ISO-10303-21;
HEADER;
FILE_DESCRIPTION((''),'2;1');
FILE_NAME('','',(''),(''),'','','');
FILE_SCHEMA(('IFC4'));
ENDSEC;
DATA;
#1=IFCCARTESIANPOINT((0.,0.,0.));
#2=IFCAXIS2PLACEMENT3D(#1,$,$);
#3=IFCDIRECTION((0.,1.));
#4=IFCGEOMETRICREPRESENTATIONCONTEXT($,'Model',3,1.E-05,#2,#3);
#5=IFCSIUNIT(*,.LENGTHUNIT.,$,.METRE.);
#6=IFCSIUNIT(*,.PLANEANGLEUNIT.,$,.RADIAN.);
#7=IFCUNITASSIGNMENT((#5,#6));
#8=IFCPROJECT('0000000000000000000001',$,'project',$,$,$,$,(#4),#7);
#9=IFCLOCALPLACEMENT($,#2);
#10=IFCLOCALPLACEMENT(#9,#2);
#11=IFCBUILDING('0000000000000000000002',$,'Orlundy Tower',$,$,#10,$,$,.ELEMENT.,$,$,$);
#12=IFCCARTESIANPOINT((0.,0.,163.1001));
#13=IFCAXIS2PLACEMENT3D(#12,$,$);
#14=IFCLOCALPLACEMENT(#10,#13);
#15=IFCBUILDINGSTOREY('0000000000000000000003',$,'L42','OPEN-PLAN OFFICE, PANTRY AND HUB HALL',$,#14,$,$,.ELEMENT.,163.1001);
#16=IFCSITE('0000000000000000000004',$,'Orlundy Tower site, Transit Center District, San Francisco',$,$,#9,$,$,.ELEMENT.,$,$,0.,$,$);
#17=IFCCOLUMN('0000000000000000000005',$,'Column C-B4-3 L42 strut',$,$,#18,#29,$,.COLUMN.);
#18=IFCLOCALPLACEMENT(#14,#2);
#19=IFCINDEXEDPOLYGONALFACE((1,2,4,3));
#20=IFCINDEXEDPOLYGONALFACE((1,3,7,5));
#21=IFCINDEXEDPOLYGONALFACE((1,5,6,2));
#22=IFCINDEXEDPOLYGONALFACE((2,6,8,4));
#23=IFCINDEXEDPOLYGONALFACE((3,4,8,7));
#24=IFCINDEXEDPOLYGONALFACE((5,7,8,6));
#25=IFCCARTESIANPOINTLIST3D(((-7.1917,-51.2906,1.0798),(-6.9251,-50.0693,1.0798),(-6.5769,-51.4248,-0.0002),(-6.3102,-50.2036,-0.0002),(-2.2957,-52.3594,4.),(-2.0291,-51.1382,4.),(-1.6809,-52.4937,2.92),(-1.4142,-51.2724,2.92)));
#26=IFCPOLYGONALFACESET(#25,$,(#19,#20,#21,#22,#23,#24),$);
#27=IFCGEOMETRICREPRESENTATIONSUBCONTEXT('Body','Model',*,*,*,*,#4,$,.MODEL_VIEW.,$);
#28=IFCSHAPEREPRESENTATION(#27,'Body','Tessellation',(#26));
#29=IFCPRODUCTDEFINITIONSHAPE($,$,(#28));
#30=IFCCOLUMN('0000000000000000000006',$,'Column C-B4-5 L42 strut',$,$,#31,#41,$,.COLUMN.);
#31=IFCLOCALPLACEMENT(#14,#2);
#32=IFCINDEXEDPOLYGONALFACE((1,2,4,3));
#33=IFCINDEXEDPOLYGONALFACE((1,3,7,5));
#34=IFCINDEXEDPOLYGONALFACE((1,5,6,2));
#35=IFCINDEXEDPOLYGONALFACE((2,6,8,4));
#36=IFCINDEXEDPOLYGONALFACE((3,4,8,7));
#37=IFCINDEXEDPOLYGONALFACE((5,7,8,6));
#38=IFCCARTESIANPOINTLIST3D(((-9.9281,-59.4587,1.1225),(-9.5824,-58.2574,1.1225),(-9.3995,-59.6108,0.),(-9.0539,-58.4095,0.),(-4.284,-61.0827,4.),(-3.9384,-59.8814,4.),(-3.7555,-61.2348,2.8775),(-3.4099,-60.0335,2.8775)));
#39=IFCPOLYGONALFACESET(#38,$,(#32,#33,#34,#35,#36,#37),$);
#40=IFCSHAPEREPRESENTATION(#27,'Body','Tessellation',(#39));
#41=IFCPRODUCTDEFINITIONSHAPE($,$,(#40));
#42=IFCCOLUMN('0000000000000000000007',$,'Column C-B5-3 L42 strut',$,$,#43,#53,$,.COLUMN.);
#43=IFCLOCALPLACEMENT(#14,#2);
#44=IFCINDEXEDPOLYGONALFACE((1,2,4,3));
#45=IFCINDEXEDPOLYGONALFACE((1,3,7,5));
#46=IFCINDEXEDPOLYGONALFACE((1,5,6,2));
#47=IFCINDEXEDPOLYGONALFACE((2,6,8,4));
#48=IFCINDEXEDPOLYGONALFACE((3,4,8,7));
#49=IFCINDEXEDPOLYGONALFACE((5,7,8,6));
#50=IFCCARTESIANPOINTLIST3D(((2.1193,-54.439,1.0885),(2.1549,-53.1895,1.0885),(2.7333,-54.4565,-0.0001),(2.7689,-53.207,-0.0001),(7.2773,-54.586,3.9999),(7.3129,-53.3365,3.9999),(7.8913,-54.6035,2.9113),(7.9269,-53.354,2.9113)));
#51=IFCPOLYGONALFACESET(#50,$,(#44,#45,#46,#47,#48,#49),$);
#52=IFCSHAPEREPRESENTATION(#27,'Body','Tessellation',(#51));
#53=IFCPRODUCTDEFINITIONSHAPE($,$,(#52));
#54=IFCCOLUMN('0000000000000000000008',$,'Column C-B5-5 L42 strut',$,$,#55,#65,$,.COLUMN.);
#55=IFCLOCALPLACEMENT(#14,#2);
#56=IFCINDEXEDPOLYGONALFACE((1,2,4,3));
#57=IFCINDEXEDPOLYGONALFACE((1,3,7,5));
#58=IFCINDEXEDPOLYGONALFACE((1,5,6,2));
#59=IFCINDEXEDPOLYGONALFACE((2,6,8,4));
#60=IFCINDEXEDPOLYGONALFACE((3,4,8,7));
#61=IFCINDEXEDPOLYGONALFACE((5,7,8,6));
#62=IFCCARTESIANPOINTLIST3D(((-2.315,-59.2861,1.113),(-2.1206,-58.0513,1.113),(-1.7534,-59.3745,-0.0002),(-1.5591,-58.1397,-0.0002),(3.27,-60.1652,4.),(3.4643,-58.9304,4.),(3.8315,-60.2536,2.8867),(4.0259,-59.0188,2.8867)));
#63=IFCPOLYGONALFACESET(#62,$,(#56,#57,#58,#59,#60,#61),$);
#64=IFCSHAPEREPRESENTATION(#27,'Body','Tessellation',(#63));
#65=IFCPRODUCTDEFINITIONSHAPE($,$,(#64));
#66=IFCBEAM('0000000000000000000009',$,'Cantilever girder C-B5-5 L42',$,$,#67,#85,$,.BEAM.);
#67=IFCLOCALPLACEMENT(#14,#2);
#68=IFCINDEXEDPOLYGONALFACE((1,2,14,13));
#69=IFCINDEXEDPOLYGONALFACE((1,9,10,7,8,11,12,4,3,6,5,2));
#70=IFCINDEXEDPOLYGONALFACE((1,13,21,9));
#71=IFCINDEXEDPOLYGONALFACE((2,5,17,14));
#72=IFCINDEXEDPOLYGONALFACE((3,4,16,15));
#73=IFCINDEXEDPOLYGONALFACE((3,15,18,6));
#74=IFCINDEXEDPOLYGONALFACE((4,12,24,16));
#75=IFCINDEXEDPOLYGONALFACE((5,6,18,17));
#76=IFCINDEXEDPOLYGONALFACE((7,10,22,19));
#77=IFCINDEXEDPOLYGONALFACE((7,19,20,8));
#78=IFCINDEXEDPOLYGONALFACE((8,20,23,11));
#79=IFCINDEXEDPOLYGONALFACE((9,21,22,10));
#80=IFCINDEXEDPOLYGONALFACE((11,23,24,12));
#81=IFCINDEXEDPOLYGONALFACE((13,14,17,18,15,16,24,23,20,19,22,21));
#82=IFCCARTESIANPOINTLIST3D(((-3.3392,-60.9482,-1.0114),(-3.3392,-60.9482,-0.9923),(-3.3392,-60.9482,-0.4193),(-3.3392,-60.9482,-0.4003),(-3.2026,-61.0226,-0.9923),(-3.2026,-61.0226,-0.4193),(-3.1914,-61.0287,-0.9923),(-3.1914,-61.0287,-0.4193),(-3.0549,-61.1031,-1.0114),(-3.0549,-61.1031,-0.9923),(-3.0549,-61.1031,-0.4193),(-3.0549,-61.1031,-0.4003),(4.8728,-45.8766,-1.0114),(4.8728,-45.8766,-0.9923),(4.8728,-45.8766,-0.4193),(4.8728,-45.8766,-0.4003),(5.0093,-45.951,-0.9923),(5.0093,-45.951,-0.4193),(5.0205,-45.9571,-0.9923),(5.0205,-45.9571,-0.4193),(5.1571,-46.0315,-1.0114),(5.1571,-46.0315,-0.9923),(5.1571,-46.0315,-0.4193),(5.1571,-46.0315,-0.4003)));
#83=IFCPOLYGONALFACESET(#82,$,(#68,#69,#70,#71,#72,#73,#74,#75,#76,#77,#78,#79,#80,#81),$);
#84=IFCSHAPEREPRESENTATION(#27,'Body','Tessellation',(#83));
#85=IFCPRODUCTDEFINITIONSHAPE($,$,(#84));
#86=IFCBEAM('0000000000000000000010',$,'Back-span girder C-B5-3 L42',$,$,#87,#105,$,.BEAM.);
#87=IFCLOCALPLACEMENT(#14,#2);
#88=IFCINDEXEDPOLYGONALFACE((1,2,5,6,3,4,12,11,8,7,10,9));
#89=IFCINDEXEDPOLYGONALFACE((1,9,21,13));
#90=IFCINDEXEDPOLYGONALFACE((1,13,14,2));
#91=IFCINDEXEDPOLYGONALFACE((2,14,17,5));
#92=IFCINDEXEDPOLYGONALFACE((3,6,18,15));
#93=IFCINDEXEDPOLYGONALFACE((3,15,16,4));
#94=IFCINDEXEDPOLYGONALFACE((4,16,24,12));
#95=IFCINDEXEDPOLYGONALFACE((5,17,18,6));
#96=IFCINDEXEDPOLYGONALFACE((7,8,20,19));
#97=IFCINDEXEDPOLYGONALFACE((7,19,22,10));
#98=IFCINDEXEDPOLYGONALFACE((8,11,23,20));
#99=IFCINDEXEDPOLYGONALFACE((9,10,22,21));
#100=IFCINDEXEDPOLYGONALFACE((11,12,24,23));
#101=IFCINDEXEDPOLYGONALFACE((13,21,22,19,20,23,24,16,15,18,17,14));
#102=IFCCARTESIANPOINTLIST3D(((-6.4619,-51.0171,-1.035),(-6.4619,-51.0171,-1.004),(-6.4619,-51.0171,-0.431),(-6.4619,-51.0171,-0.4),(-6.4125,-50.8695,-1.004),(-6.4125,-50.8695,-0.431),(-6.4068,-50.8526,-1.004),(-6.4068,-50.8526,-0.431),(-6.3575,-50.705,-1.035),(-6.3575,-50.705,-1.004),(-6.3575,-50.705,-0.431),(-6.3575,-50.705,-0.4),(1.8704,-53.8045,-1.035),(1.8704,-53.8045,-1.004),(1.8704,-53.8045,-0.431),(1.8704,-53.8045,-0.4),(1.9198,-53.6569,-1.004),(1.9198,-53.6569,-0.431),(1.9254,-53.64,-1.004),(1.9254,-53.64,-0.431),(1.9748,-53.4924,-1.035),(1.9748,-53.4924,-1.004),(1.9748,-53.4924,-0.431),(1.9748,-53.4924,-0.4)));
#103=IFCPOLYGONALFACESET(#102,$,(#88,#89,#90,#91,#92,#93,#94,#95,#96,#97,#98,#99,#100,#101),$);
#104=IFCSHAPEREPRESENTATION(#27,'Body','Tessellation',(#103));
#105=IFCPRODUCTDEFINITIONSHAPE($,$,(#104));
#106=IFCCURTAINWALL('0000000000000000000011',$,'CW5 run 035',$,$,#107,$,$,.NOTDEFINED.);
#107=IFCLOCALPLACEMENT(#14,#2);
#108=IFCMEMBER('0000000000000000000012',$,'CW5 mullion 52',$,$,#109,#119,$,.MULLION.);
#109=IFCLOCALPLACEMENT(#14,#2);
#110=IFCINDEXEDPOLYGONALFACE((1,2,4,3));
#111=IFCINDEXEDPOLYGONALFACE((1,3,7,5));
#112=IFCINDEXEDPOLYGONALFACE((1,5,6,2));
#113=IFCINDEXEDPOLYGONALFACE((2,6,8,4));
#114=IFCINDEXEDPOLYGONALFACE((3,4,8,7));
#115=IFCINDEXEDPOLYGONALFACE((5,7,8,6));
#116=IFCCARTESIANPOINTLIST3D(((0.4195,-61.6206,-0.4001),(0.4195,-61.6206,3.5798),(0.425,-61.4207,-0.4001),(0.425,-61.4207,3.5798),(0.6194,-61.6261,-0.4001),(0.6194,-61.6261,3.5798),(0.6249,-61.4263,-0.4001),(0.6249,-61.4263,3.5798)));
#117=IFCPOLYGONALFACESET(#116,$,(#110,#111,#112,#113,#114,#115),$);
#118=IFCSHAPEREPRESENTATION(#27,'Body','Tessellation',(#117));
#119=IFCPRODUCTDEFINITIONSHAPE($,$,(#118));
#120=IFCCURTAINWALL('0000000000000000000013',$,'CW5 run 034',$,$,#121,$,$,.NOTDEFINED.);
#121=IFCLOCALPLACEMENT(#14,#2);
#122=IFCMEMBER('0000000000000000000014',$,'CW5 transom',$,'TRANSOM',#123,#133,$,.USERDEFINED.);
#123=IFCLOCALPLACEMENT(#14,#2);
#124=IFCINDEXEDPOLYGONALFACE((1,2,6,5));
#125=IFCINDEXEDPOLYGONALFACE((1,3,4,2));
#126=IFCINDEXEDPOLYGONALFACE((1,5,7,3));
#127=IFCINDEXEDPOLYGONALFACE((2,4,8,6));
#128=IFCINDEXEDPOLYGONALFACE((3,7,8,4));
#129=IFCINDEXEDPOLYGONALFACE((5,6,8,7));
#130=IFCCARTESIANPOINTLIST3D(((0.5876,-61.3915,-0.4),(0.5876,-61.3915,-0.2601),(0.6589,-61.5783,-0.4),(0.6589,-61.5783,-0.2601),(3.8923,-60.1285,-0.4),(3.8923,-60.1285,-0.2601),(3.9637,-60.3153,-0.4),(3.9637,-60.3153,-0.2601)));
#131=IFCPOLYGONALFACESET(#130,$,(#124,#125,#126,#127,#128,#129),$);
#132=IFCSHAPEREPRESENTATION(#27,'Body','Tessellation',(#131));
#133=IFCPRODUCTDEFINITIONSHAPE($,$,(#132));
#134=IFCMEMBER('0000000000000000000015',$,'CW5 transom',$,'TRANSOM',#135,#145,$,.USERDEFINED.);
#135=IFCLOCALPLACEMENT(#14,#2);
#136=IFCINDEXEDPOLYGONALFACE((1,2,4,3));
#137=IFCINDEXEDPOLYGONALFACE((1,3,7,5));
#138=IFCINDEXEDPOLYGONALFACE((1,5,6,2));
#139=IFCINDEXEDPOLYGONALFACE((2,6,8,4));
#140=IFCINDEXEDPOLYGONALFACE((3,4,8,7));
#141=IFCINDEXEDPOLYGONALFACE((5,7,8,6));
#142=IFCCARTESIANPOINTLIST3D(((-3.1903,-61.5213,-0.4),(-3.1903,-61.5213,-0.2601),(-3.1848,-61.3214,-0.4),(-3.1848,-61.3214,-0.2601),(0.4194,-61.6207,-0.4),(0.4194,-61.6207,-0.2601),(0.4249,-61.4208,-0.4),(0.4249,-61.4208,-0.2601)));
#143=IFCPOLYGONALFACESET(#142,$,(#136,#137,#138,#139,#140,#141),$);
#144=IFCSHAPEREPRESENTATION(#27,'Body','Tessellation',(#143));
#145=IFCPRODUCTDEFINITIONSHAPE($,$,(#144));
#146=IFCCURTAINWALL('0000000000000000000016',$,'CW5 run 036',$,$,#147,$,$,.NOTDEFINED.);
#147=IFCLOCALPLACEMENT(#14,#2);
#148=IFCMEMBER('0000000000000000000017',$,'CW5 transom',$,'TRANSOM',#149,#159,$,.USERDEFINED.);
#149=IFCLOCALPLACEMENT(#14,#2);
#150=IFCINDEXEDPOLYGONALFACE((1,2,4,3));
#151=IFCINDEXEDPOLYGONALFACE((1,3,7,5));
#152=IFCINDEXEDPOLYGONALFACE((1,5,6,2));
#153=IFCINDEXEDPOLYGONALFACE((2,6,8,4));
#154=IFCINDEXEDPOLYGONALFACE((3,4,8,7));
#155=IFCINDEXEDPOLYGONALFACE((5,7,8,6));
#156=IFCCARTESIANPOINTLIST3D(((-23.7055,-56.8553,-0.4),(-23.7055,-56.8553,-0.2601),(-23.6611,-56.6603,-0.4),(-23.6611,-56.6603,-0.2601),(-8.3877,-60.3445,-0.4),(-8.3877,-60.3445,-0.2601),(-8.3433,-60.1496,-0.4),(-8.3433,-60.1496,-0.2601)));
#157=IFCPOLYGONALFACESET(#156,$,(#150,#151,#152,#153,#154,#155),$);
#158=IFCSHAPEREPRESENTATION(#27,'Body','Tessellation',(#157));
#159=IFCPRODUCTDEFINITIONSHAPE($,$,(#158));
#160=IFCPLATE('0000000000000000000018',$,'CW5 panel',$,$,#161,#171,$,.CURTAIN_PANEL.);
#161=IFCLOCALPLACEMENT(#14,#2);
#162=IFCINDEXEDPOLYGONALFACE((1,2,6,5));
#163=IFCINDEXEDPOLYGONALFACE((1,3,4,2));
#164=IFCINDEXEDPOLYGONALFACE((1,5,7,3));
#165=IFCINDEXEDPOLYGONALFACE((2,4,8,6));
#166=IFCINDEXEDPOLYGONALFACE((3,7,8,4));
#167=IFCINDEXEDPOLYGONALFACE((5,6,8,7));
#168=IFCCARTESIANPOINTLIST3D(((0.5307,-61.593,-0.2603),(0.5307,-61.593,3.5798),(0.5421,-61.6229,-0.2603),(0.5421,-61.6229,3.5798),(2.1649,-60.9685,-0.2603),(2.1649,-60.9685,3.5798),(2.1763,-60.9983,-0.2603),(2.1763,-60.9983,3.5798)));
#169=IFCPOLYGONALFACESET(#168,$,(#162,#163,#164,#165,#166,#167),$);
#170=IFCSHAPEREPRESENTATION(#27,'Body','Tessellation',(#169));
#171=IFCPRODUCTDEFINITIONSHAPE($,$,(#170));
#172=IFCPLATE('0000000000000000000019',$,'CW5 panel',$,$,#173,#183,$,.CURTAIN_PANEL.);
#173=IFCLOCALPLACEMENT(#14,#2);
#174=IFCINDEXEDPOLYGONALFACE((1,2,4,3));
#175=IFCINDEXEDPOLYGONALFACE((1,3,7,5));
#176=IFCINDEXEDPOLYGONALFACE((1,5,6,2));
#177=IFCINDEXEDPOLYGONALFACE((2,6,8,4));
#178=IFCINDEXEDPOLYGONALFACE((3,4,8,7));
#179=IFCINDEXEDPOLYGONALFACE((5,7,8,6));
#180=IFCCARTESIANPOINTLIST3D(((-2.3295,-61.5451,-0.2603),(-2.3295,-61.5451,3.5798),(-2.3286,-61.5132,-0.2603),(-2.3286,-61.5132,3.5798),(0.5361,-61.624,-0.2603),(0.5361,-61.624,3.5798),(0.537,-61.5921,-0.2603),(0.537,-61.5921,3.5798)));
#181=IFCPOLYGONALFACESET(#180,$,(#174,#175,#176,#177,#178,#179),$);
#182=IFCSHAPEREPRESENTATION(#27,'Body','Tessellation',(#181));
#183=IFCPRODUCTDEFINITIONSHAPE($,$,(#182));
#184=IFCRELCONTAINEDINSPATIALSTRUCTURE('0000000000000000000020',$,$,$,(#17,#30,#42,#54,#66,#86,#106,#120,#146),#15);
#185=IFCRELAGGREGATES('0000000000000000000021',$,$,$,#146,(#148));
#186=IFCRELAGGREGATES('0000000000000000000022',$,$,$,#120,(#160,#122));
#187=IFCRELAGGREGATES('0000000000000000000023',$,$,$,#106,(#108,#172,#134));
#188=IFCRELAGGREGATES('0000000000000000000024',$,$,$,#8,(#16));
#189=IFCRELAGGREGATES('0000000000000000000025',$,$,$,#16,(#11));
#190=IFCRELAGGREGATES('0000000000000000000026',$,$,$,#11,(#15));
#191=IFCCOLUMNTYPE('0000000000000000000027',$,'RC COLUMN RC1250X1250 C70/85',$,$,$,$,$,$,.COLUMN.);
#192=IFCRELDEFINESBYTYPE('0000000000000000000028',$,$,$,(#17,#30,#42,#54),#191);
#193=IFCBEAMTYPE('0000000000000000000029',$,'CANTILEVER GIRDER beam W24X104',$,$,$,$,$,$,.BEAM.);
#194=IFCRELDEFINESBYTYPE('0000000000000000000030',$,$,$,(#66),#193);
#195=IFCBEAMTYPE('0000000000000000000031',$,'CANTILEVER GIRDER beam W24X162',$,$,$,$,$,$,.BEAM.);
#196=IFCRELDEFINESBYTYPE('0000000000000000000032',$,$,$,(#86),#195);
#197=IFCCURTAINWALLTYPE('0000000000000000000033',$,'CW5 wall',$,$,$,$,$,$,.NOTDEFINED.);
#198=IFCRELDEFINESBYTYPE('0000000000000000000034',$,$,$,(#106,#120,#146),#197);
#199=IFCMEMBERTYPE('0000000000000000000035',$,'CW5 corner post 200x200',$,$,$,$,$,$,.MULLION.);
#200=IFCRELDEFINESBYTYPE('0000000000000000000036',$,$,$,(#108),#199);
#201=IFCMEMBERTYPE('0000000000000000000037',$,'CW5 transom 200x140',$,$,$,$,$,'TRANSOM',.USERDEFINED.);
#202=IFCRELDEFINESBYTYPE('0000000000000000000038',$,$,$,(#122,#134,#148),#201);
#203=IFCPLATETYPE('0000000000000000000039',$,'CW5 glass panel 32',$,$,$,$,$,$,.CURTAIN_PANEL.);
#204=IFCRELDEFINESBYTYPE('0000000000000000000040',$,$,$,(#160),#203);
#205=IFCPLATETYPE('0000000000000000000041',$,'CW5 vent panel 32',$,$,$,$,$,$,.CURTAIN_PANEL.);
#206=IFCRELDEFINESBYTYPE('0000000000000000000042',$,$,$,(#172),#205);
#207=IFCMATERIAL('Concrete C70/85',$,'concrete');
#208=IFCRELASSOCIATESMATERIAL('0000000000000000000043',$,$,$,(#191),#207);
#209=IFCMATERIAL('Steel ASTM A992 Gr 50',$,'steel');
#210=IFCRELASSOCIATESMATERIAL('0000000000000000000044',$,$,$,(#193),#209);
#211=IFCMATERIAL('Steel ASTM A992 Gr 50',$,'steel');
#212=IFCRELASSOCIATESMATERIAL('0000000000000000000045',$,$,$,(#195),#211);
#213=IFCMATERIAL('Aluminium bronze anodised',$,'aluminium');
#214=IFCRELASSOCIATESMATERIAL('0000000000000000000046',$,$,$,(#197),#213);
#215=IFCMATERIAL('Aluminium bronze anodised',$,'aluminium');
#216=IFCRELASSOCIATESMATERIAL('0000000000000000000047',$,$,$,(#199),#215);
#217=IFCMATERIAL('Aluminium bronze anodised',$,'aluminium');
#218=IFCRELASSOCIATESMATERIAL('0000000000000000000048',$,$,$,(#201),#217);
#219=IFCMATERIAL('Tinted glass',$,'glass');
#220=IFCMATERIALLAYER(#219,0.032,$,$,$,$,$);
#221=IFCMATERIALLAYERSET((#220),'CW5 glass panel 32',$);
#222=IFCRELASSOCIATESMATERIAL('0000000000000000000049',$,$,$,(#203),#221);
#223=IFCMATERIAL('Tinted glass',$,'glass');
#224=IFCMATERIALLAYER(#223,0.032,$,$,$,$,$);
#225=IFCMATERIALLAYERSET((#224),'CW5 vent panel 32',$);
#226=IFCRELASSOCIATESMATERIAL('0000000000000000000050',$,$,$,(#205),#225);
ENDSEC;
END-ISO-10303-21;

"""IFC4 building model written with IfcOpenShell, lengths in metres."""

from ifc_helpers import new_model, si_unit, direction, frame, origin, origin_2d, place, context, subcontext, project, spatial, rectangle, i_section, extrude, material, layer, layer_set, material_profile, profile_set, type_object, element, aggregate, save


model = new_model("IFC4")

# Units and contexts
model_context = context("Model", 3, precision=1e-05, world=origin(), true_north=direction((0.0, 1.0)))
body_context = subcontext(model_context, "Body", "Model", "MODEL_VIEW")
ifc_project = project(units=[si_unit("LENGTHUNIT", "METRE"), si_unit("PLANEANGLEUNIT", "RADIAN")], contexts=[model_context])

# Site, building, storey
site_placement = place(None, origin())
site = spatial("IfcSite", under=ifc_project, at=site_placement, Name="Orlundy Tower site, Transit Center District, San Francisco", CompositionType="ELEMENT", RefElevation=0.0)
building_placement = place(site_placement, origin())
building = spatial("IfcBuilding", under=site, at=building_placement, Name="Orlundy Tower", CompositionType="ELEMENT")
storey_placement = place(building_placement, frame((0.0, 0.0, 163.1001)))
storey = spatial("IfcBuildingStorey", under=building, at=storey_placement, Name="L42", Description="OPEN-PLAN OFFICE, PANTRY AND HUB HALL", CompositionType="ELEMENT", Elevation=163.1001)

# Columns
ifc_material_1 = material(Name="Concrete C70/85", Category="concrete")
ifc_material_profile_1 = material_profile(ifc_material_1, rectangle(XDim=1.25, YDim=1.25, at=origin_2d()), Name="RC1250X1250")
ifc_profile_set_1 = profile_set([ifc_material_profile_1], Name="Concrete C70/85")
column_type = type_object("IfcColumnType", Name="RC COLUMN RC1250X1250 C70/85", PredefinedType="COLUMN", material=ifc_profile_set_1)
column_1_placement = place(storey_placement, frame((-6.751, -50.7471, 0.5398), z_axis=(0.84413, -0.184282, 0.503473), x_axis=(0.213287, 0.97699, 0.0)))
element("IfcColumn", 1, at=column_1_placement, inside=storey, type_object=column_type, Name="Column C-B4-3 L42 strut", PredefinedType="COLUMN", context=body_context, shape_type="SweptSolid", body=[
    extrude(rectangle(XDim=1.25, YDim=1.25, at=origin_2d()), origin(), (0.0, 0.0, 1.0), 5.8),
])
column_2_placement = place(storey_placement, frame((-9.491, -58.9341, 0.5613), z_axis=(0.862996, -0.248319, 0.439972), x_axis=(0.276521, 0.961008, 0.0)))
element("IfcColumn", 2, at=column_2_placement, inside=storey, type_object=column_type, Name="Column C-B4-5 L42 strut", PredefinedType="COLUMN", context=body_context, shape_type="SweptSolid", body=[
    extrude(rectangle(XDim=1.25, YDim=1.25, at=origin_2d()), origin(), (0.0, 0.0, 1.0), 6.54),
])
column_3_placement = place(storey_placement, frame((2.4441, -53.823, 0.5442), z_axis=(0.870583, -0.024807, 0.491395), x_axis=(0.028483, 0.999594, 0.0)))
element("IfcColumn", 3, at=column_3_placement, inside=storey, type_object=column_type, Name="Column C-B5-3 L42 strut", PredefinedType="COLUMN", context=body_context, shape_type="SweptSolid", body=[
    extrude(rectangle(XDim=1.25, YDim=1.25, at=origin_2d()), origin(), (0.0, 0.0, 1.0), 5.9248),
])
column_4_placement = place(storey_placement, frame((-1.937, -58.7129, 0.5564), z_axis=(0.879775, -0.138489, 0.454771), x_axis=(0.155499, 0.987836, 0.0)))
element("IfcColumn", 4, at=column_4_placement, inside=storey, type_object=column_type, Name="Column C-B5-5 L42 strut", PredefinedType="COLUMN", context=body_context, shape_type="SweptSolid", body=[
    extrude(rectangle(XDim=1.25, YDim=1.25, at=origin_2d()), origin(), (0.0, 0.0, 1.0), 6.3481),
])

# Beams
ifc_material_2 = material(Name="Steel ASTM A992 Gr 50", Category="steel")
ifc_material_profile_2 = material_profile(ifc_material_2, i_section(OverallWidth=0.3237, OverallDepth=0.6111, WebThickness=0.0127, FlangeThickness=0.019, at=origin_2d()), Name="W24X104")
ifc_profile_set_2 = profile_set([ifc_material_profile_2], Name="Steel ASTM A992 Gr 50")
beam_type_1 = type_object("IfcBeamType", Name="CANTILEVER GIRDER beam W24X104", PredefinedType="BEAM", material=ifc_profile_set_2)
beam_1_placement = place(storey_placement, frame((-3.197, -61.0256, -0.7058), z_axis=(0.478451, 0.878114, 0.0), x_axis=(-0.878114, 0.478451, 0.0)))
element("IfcBeam", 5, at=beam_1_placement, inside=storey, type_object=beam_type_1, Name="Cantilever girder C-B5-5 L42", PredefinedType="BEAM", context=body_context, shape_type="SweptSolid", body=[
    extrude(i_section(OverallWidth=0.3237, OverallDepth=0.6111, WebThickness=0.0127, FlangeThickness=0.019, at=origin_2d()), origin(), (0.0, 0.0, 1.0), 17.1636),
])
ifc_material_3 = material(Name="Steel ASTM A992 Gr 50", Category="steel")
ifc_material_profile_3 = material_profile(ifc_material_3, i_section(OverallWidth=0.3291, OverallDepth=0.635, WebThickness=0.0178, FlangeThickness=0.031, at=origin_2d()), Name="W24X162")
ifc_profile_set_3 = profile_set([ifc_material_profile_3], Name="Steel ASTM A992 Gr 50")
beam_type_2 = type_object("IfcBeamType", Name="CANTILEVER GIRDER beam W24X162", PredefinedType="BEAM", material=ifc_profile_set_3)
beam_2_placement = place(storey_placement, frame((1.9226, -53.6484, -0.7175), z_axis=(-0.948344, 0.317245, 0.0), x_axis=(-0.317245, -0.948344, 0.0)))
element("IfcBeam", 6, at=beam_2_placement, inside=storey, type_object=beam_type_2, Name="Back-span girder C-B5-3 L42", PredefinedType="BEAM", context=body_context, shape_type="SweptSolid", body=[
    extrude(i_section(OverallWidth=0.3291, OverallDepth=0.635, WebThickness=0.0178, FlangeThickness=0.031, at=origin_2d()), origin(), (0.0, 0.0, 1.0), 8.7861),
])

# Curtain walls, members
ifc_material_4 = material(Name="Aluminium bronze anodised", Category="aluminium")
curtain_wall_type = type_object("IfcCurtainWallType", Name="CW5 wall", PredefinedType="NOTDEFINED", material=ifc_material_4)
curtain_wall_1_placement = place(storey_placement, origin())
curtain_wall_1 = element("IfcCurtainWall", 7, at=curtain_wall_1_placement, inside=storey, type_object=curtain_wall_type, Name="CW5 run 035", PredefinedType="NOTDEFINED")
ifc_material_5 = material(Name="Aluminium bronze anodised", Category="aluminium")
ifc_material_profile_4 = material_profile(ifc_material_5, rectangle(XDim=0.2, YDim=0.2, at=origin_2d()), Name="CW5 corner post 200x200")
ifc_profile_set_4 = profile_set([ifc_material_profile_4], Name="Aluminium bronze anodised")
member_type_1 = type_object("IfcMemberType", Name="CW5 corner post 200x200", PredefinedType="MULLION", material=ifc_profile_set_4)
member_1_placement = place(storey_placement, frame((0.5222, -61.5234, -0.4001), z_axis=(0.0, 0.0, 1.0), x_axis=(-0.02752, -0.999621, 0.0)))
member_1 = element("IfcMember", 8, at=member_1_placement, type_object=member_type_1, Name="CW5 mullion 52", PredefinedType="MULLION", context=body_context, shape_type="SweptSolid", body=[
    extrude(rectangle(XDim=0.2, YDim=0.2, at=origin_2d()), origin(), (0.0, 0.0, 1.0), 3.98),
])
curtain_wall_2_placement = place(storey_placement, origin())
curtain_wall_2 = element("IfcCurtainWall", 9, at=curtain_wall_2_placement, inside=storey, type_object=curtain_wall_type, Name="CW5 run 034", PredefinedType="NOTDEFINED")
ifc_material_6 = material(Name="Aluminium bronze anodised", Category="aluminium")
ifc_material_profile_5 = material_profile(ifc_material_6, rectangle(XDim=0.2, YDim=0.1399, at=origin_2d()), Name="CW5 transom 200x140")
ifc_profile_set_5 = profile_set([ifc_material_profile_5], Name="Aluminium bronze anodised")
member_type_2 = type_object("IfcMemberType", Name="CW5 transom 200x140", ElementType="TRANSOM", PredefinedType="USERDEFINED", material=ifc_profile_set_5)
member_2_placement = place(storey_placement, frame((3.928, -60.2219, -0.3301), z_axis=(-0.93411, -0.356985, 0.0), x_axis=(0.356985, -0.93411, 0.0)))
member_2 = element("IfcMember", 10, at=member_2_placement, type_object=member_type_2, Name="CW5 transom", ObjectType="TRANSOM", PredefinedType="USERDEFINED", context=body_context, shape_type="SweptSolid", body=[
    extrude(rectangle(XDim=0.2, YDim=0.1399, at=origin_2d()), origin(), (0.0, 0.0, 1.0), 3.5378),
])

# Member
member_3_placement = place(storey_placement, frame((0.4221, -61.5208, -0.3301), z_axis=(-0.999621, 0.027517, 0.0), x_axis=(-0.027517, -0.999621, 0.0)))
member_3 = element("IfcMember", 11, at=member_3_placement, type_object=member_type_2, Name="CW5 transom", ObjectType="TRANSOM", PredefinedType="USERDEFINED", context=body_context, shape_type="SweptSolid", body=[
    extrude(rectangle(XDim=0.2, YDim=0.1399, at=origin_2d()), origin(), (0.0, 0.0, 1.0), 3.6111),
])

# Curtain wall, member
curtain_wall_3_placement = place(storey_placement, origin())
curtain_wall_3 = element("IfcCurtainWall", 12, at=curtain_wall_3_placement, inside=storey, type_object=curtain_wall_type, Name="CW5 run 036", PredefinedType="NOTDEFINED")
member_4_placement = place(storey_placement, frame((-8.3655, -60.2471, -0.3301), z_axis=(-0.975024, 0.222101, 0.0), x_axis=(-0.222101, -0.975024, 0.0)))
member_4 = element("IfcMember", 13, at=member_4_placement, type_object=member_type_2, Name="CW5 transom", ObjectType="TRANSOM", PredefinedType="USERDEFINED", context=body_context, shape_type="SweptSolid", body=[
    extrude(rectangle(XDim=0.2, YDim=0.1399, at=origin_2d()), origin(), (0.0, 0.0, 1.0), 15.7102),
])
aggregate(curtain_wall_3, [member_4])

# Plates
ifc_material_7 = material(Name="Tinted glass", Category="glass")
ifc_layer_1 = layer(ifc_material_7, 0.032)
ifc_layer_set_1 = layer_set([ifc_layer_1], Name="CW5 glass panel 32")
plate_type_1 = type_object("IfcPlateType", Name="CW5 glass panel 32", PredefinedType="CURTAIN_PANEL", material=ifc_layer_set_1)
plate_1_placement = place(storey_placement, frame((1.3535, -61.2957, -0.2603), z_axis=(0.0, 0.0, 1.0), x_axis=(-0.934115, -0.356971, 0.0)))
plate_1 = element("IfcPlate", 14, at=plate_1_placement, type_object=plate_type_1, Name="CW5 panel", PredefinedType="CURTAIN_PANEL", context=body_context, shape_type="SweptSolid", body=[
    extrude(rectangle(XDim=1.7495, YDim=0.032, at=origin_2d()), origin(), (0.0, 0.0, 1.0), 3.8401),
])
aggregate(curtain_wall_2, [plate_1, member_2])
ifc_material_8 = material(Name="Tinted glass", Category="glass")
ifc_layer_2 = layer(ifc_material_8, 0.032)
ifc_layer_set_2 = layer_set([ifc_layer_2], Name="CW5 vent panel 32")
plate_type_2 = type_object("IfcPlateType", Name="CW5 vent panel 32", PredefinedType="CURTAIN_PANEL", material=ifc_layer_set_2)
plate_2_placement = place(storey_placement, frame((-0.8962, -61.5686, -0.2603), z_axis=(0.0, 0.0, 1.0), x_axis=(-0.999621, 0.02752, 0.0)))
plate_2 = element("IfcPlate", 15, at=plate_2_placement, type_object=plate_type_2, Name="CW5 panel", PredefinedType="CURTAIN_PANEL", context=body_context, shape_type="SweptSolid", body=[
    extrude(rectangle(XDim=2.8667, YDim=0.032, at=origin_2d()), origin(), (0.0, 0.0, 1.0), 3.8401),
])
aggregate(curtain_wall_1, [member_1, plate_2, member_3])

save(model, "model.ifc")
